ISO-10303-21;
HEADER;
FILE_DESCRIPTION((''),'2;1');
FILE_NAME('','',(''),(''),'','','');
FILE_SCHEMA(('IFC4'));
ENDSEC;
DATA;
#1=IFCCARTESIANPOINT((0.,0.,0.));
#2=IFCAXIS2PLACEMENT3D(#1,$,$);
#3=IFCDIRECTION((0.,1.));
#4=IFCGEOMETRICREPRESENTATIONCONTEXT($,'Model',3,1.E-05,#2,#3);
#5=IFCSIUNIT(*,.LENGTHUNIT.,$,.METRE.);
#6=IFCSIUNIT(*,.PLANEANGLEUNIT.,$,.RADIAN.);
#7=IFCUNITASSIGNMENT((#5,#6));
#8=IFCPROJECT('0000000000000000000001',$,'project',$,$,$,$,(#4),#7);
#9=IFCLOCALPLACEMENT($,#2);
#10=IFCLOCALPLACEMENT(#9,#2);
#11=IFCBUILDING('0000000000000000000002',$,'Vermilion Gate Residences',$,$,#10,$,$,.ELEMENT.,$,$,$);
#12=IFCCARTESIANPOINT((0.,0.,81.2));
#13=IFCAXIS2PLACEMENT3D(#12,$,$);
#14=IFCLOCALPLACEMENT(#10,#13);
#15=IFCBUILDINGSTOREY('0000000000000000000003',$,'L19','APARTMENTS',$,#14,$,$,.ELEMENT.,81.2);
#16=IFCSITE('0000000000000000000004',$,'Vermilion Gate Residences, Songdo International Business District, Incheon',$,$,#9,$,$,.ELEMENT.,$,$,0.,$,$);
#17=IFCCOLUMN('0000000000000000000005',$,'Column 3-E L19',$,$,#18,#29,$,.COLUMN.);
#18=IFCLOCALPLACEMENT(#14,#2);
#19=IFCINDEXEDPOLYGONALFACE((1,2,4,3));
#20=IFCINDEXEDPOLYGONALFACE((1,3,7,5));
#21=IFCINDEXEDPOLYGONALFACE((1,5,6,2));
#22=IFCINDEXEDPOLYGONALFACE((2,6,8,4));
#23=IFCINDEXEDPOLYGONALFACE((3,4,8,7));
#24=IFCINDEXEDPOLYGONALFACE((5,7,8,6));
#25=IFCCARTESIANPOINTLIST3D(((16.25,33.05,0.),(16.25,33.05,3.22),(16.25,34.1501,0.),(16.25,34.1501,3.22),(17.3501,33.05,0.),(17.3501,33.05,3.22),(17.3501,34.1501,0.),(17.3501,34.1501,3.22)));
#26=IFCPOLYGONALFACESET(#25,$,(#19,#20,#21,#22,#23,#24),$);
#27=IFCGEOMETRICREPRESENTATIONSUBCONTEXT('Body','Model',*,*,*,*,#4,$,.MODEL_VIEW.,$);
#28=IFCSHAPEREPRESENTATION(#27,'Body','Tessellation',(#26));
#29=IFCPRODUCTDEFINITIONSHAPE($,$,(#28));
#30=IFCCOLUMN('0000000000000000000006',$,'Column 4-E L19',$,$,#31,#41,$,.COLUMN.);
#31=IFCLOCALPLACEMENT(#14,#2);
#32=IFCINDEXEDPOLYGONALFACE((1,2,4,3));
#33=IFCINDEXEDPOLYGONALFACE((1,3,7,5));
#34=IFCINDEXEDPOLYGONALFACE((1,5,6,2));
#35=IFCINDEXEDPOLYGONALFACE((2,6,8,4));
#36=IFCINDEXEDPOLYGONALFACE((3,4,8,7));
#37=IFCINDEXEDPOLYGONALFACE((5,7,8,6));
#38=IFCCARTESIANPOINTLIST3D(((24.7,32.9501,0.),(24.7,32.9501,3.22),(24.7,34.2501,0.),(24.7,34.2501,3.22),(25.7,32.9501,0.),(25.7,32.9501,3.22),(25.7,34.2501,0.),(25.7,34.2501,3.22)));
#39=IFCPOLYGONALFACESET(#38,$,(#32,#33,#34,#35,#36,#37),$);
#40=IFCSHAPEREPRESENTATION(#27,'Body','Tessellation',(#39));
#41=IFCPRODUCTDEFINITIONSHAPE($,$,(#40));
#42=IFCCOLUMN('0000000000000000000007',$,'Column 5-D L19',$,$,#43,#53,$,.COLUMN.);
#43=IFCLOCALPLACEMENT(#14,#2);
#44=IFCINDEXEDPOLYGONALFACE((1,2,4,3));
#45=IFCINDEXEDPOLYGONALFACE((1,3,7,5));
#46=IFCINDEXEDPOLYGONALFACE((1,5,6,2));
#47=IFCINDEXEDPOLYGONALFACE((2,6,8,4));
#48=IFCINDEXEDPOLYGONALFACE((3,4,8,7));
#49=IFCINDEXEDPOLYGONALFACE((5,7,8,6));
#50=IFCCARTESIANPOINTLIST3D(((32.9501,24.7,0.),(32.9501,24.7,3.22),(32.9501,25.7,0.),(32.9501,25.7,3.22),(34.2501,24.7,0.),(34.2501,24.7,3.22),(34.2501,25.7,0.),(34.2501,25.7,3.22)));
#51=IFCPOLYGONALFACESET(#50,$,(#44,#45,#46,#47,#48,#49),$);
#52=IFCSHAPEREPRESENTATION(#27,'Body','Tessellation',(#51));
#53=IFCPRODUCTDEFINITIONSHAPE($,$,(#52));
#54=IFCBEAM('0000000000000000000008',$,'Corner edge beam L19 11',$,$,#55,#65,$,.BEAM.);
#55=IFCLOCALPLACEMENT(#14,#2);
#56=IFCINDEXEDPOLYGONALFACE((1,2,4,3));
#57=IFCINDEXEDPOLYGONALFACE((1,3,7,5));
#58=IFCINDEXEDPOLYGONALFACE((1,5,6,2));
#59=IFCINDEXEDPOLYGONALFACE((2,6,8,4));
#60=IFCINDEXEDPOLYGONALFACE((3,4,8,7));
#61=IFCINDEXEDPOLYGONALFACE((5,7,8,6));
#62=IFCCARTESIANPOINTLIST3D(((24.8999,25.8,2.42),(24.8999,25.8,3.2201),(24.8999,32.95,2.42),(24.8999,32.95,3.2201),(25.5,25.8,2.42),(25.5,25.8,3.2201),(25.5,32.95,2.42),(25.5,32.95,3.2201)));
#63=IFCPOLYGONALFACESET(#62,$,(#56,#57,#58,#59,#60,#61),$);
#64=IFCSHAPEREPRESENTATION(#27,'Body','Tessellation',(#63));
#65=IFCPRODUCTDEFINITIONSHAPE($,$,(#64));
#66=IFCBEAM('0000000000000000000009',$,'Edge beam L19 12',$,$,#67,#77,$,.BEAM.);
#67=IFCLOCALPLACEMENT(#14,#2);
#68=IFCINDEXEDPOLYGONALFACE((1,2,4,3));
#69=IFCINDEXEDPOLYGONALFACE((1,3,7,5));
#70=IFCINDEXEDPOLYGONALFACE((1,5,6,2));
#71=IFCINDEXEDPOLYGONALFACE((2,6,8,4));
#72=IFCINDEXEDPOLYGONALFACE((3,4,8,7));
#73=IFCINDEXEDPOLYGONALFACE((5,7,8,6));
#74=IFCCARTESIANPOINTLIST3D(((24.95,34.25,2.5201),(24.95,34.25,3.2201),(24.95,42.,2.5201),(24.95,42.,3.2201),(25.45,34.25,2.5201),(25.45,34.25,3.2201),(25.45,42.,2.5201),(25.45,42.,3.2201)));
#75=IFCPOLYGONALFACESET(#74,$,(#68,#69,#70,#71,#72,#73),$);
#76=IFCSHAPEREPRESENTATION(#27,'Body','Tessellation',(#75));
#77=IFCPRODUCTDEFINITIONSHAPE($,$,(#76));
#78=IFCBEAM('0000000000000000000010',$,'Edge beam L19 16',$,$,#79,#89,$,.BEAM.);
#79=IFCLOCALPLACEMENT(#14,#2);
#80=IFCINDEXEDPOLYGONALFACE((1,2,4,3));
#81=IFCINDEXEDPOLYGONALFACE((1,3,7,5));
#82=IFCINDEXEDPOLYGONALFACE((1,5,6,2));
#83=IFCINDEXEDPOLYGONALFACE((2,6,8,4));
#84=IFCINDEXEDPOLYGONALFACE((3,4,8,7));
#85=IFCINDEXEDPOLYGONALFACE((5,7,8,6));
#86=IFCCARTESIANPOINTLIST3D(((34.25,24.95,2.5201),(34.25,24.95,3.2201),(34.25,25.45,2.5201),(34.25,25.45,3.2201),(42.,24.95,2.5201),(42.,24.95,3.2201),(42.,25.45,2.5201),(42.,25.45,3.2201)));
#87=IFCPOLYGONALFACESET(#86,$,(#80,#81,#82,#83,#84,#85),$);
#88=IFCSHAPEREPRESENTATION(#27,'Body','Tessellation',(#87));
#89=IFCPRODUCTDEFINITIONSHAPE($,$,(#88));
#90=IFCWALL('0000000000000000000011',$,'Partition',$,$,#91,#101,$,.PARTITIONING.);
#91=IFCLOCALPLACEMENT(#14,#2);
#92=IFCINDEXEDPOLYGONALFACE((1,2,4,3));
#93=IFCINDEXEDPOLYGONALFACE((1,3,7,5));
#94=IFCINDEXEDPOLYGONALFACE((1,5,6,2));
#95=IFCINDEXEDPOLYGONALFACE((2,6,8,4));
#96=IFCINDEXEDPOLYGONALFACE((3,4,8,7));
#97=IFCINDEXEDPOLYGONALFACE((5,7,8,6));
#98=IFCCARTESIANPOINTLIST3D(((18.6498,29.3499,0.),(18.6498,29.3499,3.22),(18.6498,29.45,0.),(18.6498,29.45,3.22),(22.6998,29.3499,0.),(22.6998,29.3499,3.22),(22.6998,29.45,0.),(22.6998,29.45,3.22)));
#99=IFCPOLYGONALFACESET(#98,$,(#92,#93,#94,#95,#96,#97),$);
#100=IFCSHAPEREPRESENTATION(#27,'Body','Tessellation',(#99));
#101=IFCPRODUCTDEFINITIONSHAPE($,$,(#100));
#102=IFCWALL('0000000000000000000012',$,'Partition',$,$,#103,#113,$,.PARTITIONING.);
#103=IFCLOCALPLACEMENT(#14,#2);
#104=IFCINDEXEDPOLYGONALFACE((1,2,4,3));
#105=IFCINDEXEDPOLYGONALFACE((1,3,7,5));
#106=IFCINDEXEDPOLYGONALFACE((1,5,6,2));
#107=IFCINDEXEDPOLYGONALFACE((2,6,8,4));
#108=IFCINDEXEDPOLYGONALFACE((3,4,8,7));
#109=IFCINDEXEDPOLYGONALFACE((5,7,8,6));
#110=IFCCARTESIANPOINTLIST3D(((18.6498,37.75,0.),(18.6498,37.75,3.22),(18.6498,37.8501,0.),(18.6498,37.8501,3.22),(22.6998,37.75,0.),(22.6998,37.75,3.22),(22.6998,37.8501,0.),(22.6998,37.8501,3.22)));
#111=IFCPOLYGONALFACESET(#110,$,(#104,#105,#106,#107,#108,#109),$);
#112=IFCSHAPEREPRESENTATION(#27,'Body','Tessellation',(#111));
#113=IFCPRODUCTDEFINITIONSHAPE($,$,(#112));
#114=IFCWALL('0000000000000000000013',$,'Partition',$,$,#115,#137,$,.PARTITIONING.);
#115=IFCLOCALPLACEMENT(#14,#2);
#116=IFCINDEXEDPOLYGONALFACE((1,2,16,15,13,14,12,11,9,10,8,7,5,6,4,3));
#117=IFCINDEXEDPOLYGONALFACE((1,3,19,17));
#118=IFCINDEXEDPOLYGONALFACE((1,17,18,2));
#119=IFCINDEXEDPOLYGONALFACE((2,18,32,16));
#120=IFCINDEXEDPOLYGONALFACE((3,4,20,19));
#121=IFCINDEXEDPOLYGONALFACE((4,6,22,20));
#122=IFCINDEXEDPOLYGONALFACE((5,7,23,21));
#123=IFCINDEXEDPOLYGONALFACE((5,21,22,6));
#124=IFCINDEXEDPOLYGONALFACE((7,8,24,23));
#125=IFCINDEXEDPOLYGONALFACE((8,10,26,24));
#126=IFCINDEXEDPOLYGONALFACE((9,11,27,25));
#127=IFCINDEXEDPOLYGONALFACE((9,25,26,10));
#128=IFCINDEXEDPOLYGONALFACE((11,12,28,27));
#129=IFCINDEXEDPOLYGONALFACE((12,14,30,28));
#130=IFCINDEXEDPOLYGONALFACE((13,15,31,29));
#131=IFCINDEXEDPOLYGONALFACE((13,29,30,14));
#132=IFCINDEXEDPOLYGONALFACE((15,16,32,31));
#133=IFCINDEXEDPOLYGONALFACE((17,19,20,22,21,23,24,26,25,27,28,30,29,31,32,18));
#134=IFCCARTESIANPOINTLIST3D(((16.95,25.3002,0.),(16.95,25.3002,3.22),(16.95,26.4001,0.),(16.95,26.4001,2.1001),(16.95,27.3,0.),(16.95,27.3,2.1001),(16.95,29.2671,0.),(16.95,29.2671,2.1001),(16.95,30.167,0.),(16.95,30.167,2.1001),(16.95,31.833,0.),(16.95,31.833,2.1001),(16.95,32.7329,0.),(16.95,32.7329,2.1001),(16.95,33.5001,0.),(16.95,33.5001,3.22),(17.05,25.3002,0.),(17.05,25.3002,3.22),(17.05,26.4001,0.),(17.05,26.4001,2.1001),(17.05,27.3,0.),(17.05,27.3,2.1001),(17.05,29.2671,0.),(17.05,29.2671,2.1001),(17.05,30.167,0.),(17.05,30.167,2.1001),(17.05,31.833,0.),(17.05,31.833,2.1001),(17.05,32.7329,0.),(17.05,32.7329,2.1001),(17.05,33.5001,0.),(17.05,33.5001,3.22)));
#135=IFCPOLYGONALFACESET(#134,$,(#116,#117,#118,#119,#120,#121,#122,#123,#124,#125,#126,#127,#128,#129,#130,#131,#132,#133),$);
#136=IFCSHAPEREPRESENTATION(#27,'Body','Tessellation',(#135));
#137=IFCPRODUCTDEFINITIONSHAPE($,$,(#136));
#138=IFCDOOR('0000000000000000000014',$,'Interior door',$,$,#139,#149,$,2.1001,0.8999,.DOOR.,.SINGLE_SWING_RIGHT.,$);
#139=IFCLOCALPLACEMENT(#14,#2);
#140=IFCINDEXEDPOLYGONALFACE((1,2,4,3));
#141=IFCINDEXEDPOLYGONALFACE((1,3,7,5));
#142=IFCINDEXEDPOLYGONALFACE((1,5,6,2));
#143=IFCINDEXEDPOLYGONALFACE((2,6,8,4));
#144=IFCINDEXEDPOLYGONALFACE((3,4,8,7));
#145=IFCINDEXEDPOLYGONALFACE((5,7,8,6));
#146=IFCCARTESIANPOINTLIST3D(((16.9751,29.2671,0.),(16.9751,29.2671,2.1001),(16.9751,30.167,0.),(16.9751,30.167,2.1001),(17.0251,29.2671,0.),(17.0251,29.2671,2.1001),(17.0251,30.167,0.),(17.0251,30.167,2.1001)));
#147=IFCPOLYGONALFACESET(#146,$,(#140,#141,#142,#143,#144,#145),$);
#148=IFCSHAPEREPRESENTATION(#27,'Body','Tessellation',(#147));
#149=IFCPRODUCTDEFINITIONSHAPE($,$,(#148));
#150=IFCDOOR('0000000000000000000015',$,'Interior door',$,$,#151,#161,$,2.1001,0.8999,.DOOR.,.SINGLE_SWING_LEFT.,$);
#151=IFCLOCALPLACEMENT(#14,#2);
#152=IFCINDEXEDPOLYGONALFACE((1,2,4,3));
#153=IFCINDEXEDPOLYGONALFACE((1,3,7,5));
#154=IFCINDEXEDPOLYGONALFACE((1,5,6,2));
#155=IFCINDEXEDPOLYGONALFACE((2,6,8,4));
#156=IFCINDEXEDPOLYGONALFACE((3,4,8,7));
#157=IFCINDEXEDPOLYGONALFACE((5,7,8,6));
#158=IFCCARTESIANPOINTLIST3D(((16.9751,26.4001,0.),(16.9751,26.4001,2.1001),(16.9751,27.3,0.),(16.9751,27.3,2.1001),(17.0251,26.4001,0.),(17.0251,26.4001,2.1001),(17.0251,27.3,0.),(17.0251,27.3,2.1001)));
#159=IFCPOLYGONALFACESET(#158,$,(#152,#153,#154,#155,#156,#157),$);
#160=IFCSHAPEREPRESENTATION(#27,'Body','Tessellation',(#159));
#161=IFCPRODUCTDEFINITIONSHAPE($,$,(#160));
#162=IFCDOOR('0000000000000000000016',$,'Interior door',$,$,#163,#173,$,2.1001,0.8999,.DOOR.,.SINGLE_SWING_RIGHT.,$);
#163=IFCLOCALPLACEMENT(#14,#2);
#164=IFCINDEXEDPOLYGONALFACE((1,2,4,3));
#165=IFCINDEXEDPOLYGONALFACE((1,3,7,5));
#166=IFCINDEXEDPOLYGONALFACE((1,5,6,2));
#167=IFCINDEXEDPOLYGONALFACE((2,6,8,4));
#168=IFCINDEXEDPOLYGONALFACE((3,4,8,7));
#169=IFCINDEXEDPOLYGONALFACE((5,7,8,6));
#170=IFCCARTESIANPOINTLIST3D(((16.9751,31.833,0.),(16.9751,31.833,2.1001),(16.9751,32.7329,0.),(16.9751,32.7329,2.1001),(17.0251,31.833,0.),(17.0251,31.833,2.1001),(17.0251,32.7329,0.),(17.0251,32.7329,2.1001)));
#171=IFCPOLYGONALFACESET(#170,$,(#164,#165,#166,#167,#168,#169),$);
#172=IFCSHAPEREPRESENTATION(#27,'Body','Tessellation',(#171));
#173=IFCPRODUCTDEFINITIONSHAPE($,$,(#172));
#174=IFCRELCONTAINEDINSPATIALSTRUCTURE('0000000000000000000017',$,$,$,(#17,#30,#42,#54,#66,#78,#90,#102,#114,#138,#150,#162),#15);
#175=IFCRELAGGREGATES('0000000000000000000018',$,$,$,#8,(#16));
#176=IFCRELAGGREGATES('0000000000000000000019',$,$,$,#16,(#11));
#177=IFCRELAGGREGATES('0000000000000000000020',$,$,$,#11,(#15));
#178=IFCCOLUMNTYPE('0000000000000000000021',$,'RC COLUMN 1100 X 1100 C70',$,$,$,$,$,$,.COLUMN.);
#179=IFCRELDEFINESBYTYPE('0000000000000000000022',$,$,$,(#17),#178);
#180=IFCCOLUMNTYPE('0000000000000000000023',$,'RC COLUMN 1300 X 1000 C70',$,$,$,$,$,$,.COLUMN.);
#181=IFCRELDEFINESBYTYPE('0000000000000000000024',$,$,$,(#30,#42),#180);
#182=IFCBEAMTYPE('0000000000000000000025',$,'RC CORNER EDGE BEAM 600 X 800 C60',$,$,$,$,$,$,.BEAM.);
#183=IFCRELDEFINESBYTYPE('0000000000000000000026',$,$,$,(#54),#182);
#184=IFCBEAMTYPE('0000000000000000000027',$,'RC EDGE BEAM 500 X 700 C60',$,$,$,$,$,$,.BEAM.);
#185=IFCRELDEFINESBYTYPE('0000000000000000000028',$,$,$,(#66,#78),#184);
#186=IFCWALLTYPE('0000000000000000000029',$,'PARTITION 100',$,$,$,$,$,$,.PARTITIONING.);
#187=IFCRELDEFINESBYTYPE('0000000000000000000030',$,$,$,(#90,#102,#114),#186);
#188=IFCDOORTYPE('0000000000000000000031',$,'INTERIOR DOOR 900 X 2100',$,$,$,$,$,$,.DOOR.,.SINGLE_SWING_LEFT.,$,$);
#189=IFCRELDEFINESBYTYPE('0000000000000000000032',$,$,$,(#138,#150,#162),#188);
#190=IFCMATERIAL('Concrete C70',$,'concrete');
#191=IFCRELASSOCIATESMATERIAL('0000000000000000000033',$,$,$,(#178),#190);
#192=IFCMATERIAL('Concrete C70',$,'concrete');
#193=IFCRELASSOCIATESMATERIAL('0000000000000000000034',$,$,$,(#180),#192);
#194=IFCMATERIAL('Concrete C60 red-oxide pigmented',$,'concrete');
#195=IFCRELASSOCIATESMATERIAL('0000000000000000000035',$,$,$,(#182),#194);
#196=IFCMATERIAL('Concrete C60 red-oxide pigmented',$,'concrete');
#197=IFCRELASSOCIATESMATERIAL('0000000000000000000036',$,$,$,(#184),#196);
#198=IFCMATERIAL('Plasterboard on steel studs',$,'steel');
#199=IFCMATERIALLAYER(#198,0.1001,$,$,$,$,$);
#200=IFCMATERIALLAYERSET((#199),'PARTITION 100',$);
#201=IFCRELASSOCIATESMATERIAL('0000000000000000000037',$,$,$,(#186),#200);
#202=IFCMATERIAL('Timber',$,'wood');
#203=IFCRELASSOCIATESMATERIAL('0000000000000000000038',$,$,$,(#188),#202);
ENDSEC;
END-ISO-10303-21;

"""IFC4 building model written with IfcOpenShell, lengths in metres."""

from ifc_helpers import new_model, si_unit, direction, frame, frame_2d, origin, origin_2d, place, context, subcontext, project, spatial, rectangle, extrude, material, layer, layer_set, material_profile, profile_set, type_object, element, fill, save


model = new_model("IFC4")

# Units and contexts
model_context = context("Model", 3, precision=1e-05, world=origin(), true_north=direction((0.0, 1.0)))
body_context = subcontext(model_context, "Body", "Model", "MODEL_VIEW")
ifc_project = project(units=[si_unit("LENGTHUNIT", "METRE"), si_unit("PLANEANGLEUNIT", "RADIAN")], contexts=[model_context])

# Site, building, storey
site_placement = place(None, origin())
site = spatial("IfcSite", under=ifc_project, at=site_placement, Name="Vermilion Gate Residences, Songdo International Business District, Incheon", CompositionType="ELEMENT", RefElevation=0.0)
building_placement = place(site_placement, origin())
building = spatial("IfcBuilding", under=site, at=building_placement, Name="Vermilion Gate Residences", CompositionType="ELEMENT")
storey_placement = place(building_placement, frame((0.0, 0.0, 81.2)))
storey = spatial("IfcBuildingStorey", under=building, at=storey_placement, Name="L19", Description="APARTMENTS", CompositionType="ELEMENT", Elevation=81.2)

# Columns
ifc_material_1 = material(Name="Concrete C70", Category="concrete")
ifc_material_profile_1 = material_profile(ifc_material_1, rectangle(XDim=1.1001, YDim=1.1001, at=origin_2d()), Name="RC-1100x1100")
ifc_profile_set_1 = profile_set([ifc_material_profile_1], Name="Concrete C70")
column_type_1 = type_object("IfcColumnType", Name="RC COLUMN 1100 X 1100 C70", PredefinedType="COLUMN", material=ifc_profile_set_1)
column_placement = place(storey_placement, frame((16.8, 33.6001, 0.0), z_axis=(0.0, 0.0, 1.0), x_axis=(1.0, 0.0, 0.0)))
element("IfcColumn", 1, at=column_placement, inside=storey, type_object=column_type_1, Name="Column 3-E L19", PredefinedType="COLUMN", context=body_context, shape_type="SweptSolid", body=[
    extrude(rectangle(XDim=1.1001, YDim=1.1001, at=origin_2d()), origin(), (0.0, 0.0, 1.0), 3.22),
])
ifc_material_2 = material(Name="Concrete C70", Category="concrete")
ifc_material_profile_2 = material_profile(ifc_material_2, rectangle(XDim=1.3, YDim=1.0, at=origin_2d()), Name="RC-1300x1000")
ifc_profile_set_2 = profile_set([ifc_material_profile_2], Name="Concrete C70")
column_type_2 = type_object("IfcColumnType", Name="RC COLUMN 1300 X 1000 C70", PredefinedType="COLUMN", material=ifc_profile_set_2)
for number, where, z_axis, x_axis, name in (
    (2, (25.2, 33.6001, 0.0), (0.0, 0.0, 1.0), (0.0, 1.0, 0.0), "Column 4-E L19"),
    (3, (33.6001, 25.2, 0.0), (0.0, 0.0, 1.0), (1.0, 0.0, 0.0), "Column 5-D L19"),
):
    element("IfcColumn", number, at=place(storey_placement, frame(where, z_axis=z_axis, x_axis=x_axis)), inside=storey, type_object=column_type_2, Name=name, PredefinedType="COLUMN", context=body_context, shape_type="SweptSolid", body=[
        extrude(rectangle(XDim=1.3, YDim=1.0, at=origin_2d()), origin(), (0.0, 0.0, 1.0), 3.22),
    ])

# Beams
ifc_material_3 = material(Name="Concrete C60 red-oxide pigmented", Category="concrete")
ifc_material_profile_3 = material_profile(ifc_material_3, rectangle(XDim=0.6001, YDim=0.8, at=origin_2d()), Name="RC-600x800")
ifc_profile_set_3 = profile_set([ifc_material_profile_3], Name="Concrete C60 red-oxide pigmented")
beam_type_1 = type_object("IfcBeamType", Name="RC CORNER EDGE BEAM 600 X 800 C60", PredefinedType="BEAM", material=ifc_profile_set_3)
beam_placement = place(storey_placement, frame((25.2, 25.8, 2.8201), z_axis=(0.0, 1.0, 0.0), x_axis=(-1.0, 0.0, 0.0)))
element("IfcBeam", 4, at=beam_placement, inside=storey, type_object=beam_type_1, Name="Corner edge beam L19 11", PredefinedType="BEAM", context=body_context, shape_type="SweptSolid", body=[
    extrude(rectangle(XDim=0.6001, YDim=0.8, at=origin_2d()), origin(), (0.0, 0.0, 1.0), 7.1499),
])
ifc_material_4 = material(Name="Concrete C60 red-oxide pigmented", Category="concrete")
ifc_material_profile_4 = material_profile(ifc_material_4, rectangle(XDim=0.5, YDim=0.7, at=origin_2d()), Name="RC-500x700")
ifc_profile_set_4 = profile_set([ifc_material_profile_4], Name="Concrete C60 red-oxide pigmented")
beam_type_2 = type_object("IfcBeamType", Name="RC EDGE BEAM 500 X 700 C60", PredefinedType="BEAM", material=ifc_profile_set_4)
for number, where, z_axis, x_axis, name in (
    (5, (25.2, 34.25, 2.8701), (0.0, 1.0, 0.0), (-1.0, 0.0, 0.0), "Edge beam L19 12"),
    (6, (34.25, 25.2, 2.8701), (1.0, 0.0, 0.0), (0.0, 1.0, 0.0), "Edge beam L19 16"),
):
    element("IfcBeam", number, at=place(storey_placement, frame(where, z_axis=z_axis, x_axis=x_axis)), inside=storey, type_object=beam_type_2, Name=name, PredefinedType="BEAM", context=body_context, shape_type="SweptSolid", body=[
        extrude(rectangle(XDim=0.5, YDim=0.7, at=origin_2d()), origin(), (0.0, 0.0, 1.0), 7.75),
    ])

# Walls
ifc_material_5 = material(Name="Plasterboard on steel studs", Category="steel")
ifc_layer_1 = layer(ifc_material_5, 0.1001)
ifc_layer_set_1 = layer_set([ifc_layer_1], Name="PARTITION 100")
wall_type = type_object("IfcWallType", Name="PARTITION 100", PredefinedType="PARTITIONING", material=ifc_layer_set_1)
for number, where, z_axis, x_axis, name in (
    (7, (18.6499, 29.3999, 0.0), (0.0, 0.0, 1.0), (1.0, 0.0, 0.0), "Partition"),
    (8, (18.6499, 37.8, 0.0), (0.0, 0.0, 1.0), (1.0, 0.0, 0.0), "Partition"),
):
    element("IfcWall", number, at=place(storey_placement, frame(where, z_axis=z_axis, x_axis=x_axis)), inside=storey, type_object=wall_type, Name=name, PredefinedType="PARTITIONING", context=body_context, shape_type="SweptSolid", body=[
        extrude(rectangle(XDim=4.05, YDim=0.1001, at=frame_2d((2.0249, 0.0))), origin(), (0.0, 0.0, 1.0), 3.22),
    ])

# Wall, openings, doors
wall_1_placement = place(storey_placement, frame((17.0, 25.3, 0.0), z_axis=(0.0, 0.0, 1.0), x_axis=(0.0, 1.0, 0.0)))
wall_1 = element("IfcWall", 9, at=wall_1_placement, inside=storey, type_object=wall_type, Name="Partition", PredefinedType="PARTITIONING", context=body_context, shape_type="SweptSolid", body=[
    extrude(rectangle(XDim=8.2, YDim=0.1001, at=frame_2d((4.1001, 0.0))), origin(), (0.0, 0.0, 1.0), 3.22),
])
opening_1_placement = place(wall_1_placement, frame((3.967, 0.0, 0.0)))
opening_1 = element("IfcOpeningElement", 10, at=opening_1_placement, cuts=wall_1, PredefinedType="OPENING", context=body_context, shape_type="SweptSolid", body=[
    extrude(rectangle(XDim=0.8999, YDim=2.1001, at=frame_2d((0.45, 1.05))), frame((0.0, 0.0601, 0.0), z_axis=(0.0, -1.0, 0.0), x_axis=(1.0, 0.0, 0.0)), (0.0, 0.0, 1.0), 0.1201),
])
opening_2_placement = place(wall_1_placement, frame((1.1001, 0.0, 0.0)))
opening_2 = element("IfcOpeningElement", 11, at=opening_2_placement, cuts=wall_1, PredefinedType="OPENING", context=body_context, shape_type="SweptSolid", body=[
    extrude(rectangle(XDim=0.8999, YDim=2.1001, at=frame_2d((0.45, 1.05))), frame((0.0, 0.0601, 0.0), z_axis=(0.0, -1.0, 0.0), x_axis=(1.0, 0.0, 0.0)), (0.0, 0.0, 1.0), 0.1201),
])
opening_3_placement = place(wall_1_placement, frame((6.533, 0.0, 0.0)))
opening_3 = element("IfcOpeningElement", 12, at=opening_3_placement, cuts=wall_1, PredefinedType="OPENING", context=body_context, shape_type="SweptSolid", body=[
    extrude(rectangle(XDim=0.8999, YDim=2.1001, at=frame_2d((0.45, 1.05))), frame((0.0, 0.0601, 0.0), z_axis=(0.0, -1.0, 0.0), x_axis=(1.0, 0.0, 0.0)), (0.0, 0.0, 1.0), 0.1201),
])
ifc_material_6 = material(Name="Timber", Category="wood")
door_type = type_object("IfcDoorType", Name="INTERIOR DOOR 900 X 2100", OperationType="SINGLE_SWING_LEFT", PredefinedType="DOOR", material=ifc_material_6)
door_1_placement = place(opening_1_placement, origin())
door_1 = element("IfcDoor", 13, at=door_1_placement, inside=storey, type_object=door_type, Name="Interior door", OperationType="SINGLE_SWING_RIGHT", OverallHeight=2.1001, OverallWidth=0.8999, PredefinedType="DOOR", context=body_context, shape_type="SweptSolid", body=[
    extrude(rectangle(XDim=0.8999, YDim=2.1001, at=frame_2d((0.45, 1.05))), frame((0.0, 0.0249, 0.0), z_axis=(0.0, -1.0, 0.0), x_axis=(1.0, 0.0, 0.0)), (0.0, 0.0, 1.0), 0.05),
])
fill(opening_1, door_1)
door_2_placement = place(opening_2_placement, origin())
door_2 = element("IfcDoor", 14, at=door_2_placement, inside=storey, type_object=door_type, Name="Interior door", OperationType="SINGLE_SWING_LEFT", OverallHeight=2.1001, OverallWidth=0.8999, PredefinedType="DOOR", context=body_context, shape_type="SweptSolid", body=[
    extrude(rectangle(XDim=0.8999, YDim=2.1001, at=frame_2d((0.45, 1.05))), frame((0.0, 0.0249, 0.0), z_axis=(0.0, -1.0, 0.0), x_axis=(1.0, 0.0, 0.0)), (0.0, 0.0, 1.0), 0.05),
])
fill(opening_2, door_2)
door_3_placement = place(opening_3_placement, origin())
door_3 = element("IfcDoor", 15, at=door_3_placement, inside=storey, type_object=door_type, Name="Interior door", OperationType="SINGLE_SWING_RIGHT", OverallHeight=2.1001, OverallWidth=0.8999, PredefinedType="DOOR", context=body_context, shape_type="SweptSolid", body=[
    extrude(rectangle(XDim=0.8999, YDim=2.1001, at=frame_2d((0.45, 1.05))), frame((0.0, 0.0249, 0.0), z_axis=(0.0, -1.0, 0.0), x_axis=(1.0, 0.0, 0.0)), (0.0, 0.0, 1.0), 0.05),
])
fill(opening_3, door_3)

save(model, "model.ifc")
